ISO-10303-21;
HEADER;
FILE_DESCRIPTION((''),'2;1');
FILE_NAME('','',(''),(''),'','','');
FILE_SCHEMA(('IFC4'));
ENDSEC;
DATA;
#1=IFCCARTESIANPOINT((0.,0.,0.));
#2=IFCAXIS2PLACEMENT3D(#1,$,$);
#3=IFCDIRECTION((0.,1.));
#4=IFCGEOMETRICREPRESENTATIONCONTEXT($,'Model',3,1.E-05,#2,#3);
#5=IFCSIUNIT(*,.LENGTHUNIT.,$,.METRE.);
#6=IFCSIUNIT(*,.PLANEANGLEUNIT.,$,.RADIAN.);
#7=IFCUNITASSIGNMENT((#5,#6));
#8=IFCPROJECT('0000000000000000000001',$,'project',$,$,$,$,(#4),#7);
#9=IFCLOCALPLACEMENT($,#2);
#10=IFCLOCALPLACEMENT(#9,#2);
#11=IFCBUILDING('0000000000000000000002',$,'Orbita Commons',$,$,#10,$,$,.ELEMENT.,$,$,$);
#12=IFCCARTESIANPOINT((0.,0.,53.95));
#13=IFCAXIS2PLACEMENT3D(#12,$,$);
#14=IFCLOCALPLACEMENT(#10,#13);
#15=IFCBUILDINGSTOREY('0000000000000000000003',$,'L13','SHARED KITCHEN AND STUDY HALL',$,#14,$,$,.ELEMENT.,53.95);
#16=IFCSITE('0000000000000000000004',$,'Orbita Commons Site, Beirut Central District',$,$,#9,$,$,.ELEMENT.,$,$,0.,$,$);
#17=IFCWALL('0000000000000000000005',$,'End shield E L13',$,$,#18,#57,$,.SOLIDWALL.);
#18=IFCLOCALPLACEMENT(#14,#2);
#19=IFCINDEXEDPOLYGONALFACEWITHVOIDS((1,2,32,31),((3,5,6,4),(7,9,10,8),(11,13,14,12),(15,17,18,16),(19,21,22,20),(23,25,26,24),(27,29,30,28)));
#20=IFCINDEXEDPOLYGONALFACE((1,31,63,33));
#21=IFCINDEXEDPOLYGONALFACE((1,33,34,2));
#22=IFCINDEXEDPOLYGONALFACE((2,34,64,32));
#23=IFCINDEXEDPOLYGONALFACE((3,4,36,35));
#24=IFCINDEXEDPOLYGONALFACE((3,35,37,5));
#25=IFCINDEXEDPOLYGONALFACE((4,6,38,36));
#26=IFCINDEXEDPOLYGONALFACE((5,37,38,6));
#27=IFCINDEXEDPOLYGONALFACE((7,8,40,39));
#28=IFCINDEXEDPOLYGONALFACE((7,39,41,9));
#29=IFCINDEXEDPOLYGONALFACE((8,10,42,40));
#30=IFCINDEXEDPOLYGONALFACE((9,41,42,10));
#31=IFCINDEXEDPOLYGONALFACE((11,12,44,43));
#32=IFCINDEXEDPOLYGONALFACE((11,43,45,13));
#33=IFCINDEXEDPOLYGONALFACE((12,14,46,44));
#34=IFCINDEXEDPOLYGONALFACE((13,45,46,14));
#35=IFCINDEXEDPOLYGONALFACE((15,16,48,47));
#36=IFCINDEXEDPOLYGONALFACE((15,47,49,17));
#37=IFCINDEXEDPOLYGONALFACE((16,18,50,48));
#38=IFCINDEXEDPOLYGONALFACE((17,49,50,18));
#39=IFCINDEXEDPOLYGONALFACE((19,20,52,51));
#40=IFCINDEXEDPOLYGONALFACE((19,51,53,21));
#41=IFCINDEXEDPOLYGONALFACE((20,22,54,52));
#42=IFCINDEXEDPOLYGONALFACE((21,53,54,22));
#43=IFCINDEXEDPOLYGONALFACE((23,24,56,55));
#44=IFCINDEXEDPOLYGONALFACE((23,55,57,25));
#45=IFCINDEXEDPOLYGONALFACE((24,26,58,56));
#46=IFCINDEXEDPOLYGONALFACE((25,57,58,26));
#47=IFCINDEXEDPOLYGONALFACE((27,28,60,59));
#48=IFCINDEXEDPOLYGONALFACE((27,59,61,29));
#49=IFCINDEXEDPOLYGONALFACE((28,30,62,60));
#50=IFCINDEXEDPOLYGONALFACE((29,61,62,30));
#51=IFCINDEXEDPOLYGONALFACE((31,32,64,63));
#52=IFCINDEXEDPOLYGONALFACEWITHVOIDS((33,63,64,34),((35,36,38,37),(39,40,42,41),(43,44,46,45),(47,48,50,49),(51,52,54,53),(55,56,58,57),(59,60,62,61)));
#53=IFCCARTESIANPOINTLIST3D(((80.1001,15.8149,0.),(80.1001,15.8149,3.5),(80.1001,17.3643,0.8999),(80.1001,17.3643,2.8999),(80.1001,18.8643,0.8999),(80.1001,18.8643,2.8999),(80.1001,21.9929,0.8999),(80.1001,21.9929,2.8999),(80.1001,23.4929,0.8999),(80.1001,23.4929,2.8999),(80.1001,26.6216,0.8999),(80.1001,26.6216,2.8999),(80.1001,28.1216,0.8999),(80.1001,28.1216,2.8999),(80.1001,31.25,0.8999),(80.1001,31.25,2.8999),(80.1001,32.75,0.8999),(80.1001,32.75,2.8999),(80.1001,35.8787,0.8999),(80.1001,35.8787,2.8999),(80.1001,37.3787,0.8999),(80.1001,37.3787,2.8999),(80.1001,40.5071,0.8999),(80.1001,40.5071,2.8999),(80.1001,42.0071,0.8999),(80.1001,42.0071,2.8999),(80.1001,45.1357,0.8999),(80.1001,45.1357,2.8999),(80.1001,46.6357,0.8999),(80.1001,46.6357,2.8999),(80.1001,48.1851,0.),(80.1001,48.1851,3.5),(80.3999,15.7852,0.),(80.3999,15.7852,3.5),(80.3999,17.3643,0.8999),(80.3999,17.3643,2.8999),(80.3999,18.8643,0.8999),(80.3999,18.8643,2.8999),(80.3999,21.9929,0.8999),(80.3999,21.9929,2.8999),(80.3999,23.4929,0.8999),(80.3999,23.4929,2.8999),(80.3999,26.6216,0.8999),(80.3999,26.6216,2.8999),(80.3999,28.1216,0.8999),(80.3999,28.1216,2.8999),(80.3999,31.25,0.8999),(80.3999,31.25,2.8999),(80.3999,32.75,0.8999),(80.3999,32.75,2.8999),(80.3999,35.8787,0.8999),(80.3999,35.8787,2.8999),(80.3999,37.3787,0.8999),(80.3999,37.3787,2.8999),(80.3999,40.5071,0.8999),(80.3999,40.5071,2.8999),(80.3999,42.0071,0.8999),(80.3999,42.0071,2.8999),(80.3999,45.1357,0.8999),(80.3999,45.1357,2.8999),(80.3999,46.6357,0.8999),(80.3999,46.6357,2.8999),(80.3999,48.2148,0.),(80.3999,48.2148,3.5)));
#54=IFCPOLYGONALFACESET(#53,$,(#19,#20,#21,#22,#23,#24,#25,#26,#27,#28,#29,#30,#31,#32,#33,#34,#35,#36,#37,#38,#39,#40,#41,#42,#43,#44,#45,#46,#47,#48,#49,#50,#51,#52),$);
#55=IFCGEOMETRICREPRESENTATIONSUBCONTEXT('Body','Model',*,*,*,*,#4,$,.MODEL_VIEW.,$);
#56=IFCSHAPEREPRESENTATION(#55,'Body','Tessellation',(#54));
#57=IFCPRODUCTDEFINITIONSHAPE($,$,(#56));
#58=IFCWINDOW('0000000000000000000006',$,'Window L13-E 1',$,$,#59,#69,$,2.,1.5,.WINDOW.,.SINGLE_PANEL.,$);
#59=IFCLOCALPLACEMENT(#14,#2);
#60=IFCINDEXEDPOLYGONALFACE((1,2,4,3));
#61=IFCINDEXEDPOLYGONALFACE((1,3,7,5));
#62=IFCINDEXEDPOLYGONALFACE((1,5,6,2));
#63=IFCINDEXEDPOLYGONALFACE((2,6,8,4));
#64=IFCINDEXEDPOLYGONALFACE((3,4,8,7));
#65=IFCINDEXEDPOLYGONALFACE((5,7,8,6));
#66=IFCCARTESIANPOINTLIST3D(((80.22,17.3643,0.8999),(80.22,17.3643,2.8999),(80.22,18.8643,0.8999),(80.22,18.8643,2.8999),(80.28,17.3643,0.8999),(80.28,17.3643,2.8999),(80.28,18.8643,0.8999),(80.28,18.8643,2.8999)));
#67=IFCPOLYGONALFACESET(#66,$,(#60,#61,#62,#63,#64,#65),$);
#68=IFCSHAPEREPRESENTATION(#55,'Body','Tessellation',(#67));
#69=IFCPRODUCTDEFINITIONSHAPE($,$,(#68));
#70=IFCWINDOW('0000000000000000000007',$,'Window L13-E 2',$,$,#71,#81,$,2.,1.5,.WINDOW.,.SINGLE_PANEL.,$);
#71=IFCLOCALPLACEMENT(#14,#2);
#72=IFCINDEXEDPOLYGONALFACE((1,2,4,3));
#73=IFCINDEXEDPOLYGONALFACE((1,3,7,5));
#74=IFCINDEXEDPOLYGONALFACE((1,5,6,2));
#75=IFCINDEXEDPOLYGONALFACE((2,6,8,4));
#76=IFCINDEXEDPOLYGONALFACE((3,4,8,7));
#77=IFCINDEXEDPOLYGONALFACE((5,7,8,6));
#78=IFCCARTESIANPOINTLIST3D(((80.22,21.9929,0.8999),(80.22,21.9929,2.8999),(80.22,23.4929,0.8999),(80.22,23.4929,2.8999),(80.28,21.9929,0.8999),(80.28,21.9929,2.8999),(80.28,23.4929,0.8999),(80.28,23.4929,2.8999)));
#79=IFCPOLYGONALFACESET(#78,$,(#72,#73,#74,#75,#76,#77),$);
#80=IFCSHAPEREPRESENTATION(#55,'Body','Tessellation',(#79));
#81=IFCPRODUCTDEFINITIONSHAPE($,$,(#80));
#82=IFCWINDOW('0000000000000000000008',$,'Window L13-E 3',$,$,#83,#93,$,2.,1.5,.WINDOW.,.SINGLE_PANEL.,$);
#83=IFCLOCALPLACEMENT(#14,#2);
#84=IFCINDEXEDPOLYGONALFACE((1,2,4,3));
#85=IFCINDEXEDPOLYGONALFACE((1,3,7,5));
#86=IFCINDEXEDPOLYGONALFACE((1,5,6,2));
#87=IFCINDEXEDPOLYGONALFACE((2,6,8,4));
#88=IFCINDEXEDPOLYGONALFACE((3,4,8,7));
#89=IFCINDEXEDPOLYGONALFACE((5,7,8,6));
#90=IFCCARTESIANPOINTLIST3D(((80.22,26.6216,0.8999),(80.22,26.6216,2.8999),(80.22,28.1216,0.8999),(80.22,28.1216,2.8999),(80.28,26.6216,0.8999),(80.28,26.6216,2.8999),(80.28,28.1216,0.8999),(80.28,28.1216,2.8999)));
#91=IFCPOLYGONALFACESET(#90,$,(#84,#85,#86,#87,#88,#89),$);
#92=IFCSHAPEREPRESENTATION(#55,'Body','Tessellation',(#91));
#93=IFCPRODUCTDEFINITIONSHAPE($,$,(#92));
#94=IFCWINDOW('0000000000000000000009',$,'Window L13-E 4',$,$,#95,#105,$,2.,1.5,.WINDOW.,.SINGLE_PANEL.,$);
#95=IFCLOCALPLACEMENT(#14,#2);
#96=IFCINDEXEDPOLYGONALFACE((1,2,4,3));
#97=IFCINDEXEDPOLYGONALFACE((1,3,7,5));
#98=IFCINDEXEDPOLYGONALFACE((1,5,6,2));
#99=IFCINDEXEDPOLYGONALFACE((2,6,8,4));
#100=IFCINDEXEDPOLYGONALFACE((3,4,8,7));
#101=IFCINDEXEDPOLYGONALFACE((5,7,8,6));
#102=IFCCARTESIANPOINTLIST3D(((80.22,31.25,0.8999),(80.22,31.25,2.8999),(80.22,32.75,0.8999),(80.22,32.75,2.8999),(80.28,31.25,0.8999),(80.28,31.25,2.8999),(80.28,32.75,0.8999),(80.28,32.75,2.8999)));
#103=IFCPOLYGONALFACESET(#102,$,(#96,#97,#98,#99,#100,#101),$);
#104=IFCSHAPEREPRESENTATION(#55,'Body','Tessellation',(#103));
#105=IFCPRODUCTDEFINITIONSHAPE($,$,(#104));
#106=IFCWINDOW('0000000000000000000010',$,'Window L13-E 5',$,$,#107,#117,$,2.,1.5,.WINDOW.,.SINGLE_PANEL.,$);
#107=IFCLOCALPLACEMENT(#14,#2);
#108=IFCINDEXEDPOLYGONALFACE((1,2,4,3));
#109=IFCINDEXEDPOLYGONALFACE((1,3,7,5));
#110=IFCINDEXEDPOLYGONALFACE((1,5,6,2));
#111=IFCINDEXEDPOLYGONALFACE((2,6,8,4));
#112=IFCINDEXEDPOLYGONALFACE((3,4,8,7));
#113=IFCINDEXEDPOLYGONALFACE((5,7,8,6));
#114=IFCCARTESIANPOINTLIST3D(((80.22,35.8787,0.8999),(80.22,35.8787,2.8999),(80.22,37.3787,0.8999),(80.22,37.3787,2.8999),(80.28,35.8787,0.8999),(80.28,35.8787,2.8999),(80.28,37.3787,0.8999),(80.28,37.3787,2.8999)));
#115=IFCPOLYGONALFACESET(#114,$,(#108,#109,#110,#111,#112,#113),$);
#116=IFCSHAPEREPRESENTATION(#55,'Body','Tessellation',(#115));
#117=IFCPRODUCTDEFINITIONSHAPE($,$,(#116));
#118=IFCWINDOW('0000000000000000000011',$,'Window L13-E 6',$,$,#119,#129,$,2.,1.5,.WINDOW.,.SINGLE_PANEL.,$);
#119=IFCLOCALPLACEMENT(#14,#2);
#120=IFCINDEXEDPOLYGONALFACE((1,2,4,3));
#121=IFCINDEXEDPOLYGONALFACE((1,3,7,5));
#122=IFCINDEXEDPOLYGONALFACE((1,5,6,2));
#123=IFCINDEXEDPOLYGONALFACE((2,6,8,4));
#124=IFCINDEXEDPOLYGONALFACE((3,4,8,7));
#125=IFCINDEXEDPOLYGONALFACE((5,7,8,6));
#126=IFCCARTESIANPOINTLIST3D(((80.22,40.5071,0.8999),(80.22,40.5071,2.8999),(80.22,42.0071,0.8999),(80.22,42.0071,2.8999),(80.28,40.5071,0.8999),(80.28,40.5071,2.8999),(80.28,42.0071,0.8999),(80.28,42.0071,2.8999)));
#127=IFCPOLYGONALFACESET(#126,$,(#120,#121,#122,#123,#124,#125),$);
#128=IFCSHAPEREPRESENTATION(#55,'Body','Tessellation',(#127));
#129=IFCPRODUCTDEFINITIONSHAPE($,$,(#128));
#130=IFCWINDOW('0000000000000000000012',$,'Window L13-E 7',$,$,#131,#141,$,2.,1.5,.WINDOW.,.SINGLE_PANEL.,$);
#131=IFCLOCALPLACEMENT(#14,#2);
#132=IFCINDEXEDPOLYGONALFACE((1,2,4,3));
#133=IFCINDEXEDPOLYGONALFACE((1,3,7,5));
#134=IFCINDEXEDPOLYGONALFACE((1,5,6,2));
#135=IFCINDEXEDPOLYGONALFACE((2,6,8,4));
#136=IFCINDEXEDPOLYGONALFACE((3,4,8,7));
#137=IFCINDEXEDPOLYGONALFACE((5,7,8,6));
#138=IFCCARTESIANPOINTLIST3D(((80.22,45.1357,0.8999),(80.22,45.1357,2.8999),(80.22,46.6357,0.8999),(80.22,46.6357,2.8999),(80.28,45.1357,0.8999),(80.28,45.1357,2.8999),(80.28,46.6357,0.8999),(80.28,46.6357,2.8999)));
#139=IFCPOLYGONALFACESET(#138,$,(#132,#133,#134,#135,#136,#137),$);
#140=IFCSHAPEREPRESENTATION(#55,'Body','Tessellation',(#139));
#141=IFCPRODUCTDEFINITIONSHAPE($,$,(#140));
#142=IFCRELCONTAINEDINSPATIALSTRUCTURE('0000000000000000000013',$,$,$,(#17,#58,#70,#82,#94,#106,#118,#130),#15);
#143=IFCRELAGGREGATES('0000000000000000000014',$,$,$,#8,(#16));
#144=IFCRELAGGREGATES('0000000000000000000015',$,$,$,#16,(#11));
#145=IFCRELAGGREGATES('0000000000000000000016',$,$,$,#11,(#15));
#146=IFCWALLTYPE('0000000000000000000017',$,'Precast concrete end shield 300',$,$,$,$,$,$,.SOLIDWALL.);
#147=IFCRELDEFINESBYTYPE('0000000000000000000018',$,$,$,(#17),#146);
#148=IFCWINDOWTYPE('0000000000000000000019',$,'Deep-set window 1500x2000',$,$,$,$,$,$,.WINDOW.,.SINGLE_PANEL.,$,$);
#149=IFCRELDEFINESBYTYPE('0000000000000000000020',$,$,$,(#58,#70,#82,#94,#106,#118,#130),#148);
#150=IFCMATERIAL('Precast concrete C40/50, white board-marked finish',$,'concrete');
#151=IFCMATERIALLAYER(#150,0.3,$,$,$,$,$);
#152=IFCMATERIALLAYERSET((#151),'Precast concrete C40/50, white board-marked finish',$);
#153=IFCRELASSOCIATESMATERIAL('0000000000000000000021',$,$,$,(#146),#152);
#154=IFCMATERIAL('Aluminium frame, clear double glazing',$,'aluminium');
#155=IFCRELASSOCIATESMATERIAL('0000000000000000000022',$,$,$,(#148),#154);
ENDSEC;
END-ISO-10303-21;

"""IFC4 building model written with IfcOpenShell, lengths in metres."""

from ifc_helpers import new_model, si_unit, direction, frame, frame_2d, origin, place, context, subcontext, project, spatial, polyline, rectangle, outline, extrude, material, layer, layer_set, type_object, element, fill, save


model = new_model("IFC4")

# Units and contexts
model_context = context("Model", 3, precision=1e-05, world=origin(), true_north=direction((0.0, 1.0)))
body_context = subcontext(model_context, "Body", "Model", "MODEL_VIEW")
ifc_project = project(units=[si_unit("LENGTHUNIT", "METRE"), si_unit("PLANEANGLEUNIT", "RADIAN")], contexts=[model_context])

# Site, building, storey
site_placement = place(None, origin())
site = spatial("IfcSite", under=ifc_project, at=site_placement, Name="Orbita Commons Site, Beirut Central District", CompositionType="ELEMENT", RefElevation=0.0)
building_placement = place(site_placement, origin())
building = spatial("IfcBuilding", under=site, at=building_placement, Name="Orbita Commons", CompositionType="ELEMENT")
storey_placement = place(building_placement, frame((0.0, 0.0, 53.95)))
storey = spatial("IfcBuildingStorey", under=building, at=storey_placement, Name="L13", Description="SHARED KITCHEN AND STUDY HALL", CompositionType="ELEMENT", Elevation=53.95)

# Wall, openings, windows
ifc_material_1 = material(Name="Precast concrete C40/50, white board-marked finish", Category="concrete")
ifc_layer_1 = layer(ifc_material_1, 0.3)
ifc_layer_set_1 = layer_set([ifc_layer_1], Name="Precast concrete C40/50, white board-marked finish")
wall_type_1 = type_object("IfcWallType", Name="Precast concrete end shield 300", PredefinedType="SOLIDWALL", material=ifc_layer_set_1)
wall_1_placement = place(storey_placement, frame((80.25, 15.8, 0.0), z_axis=(0.0, 0.0, 1.0), x_axis=(0.0, 1.0, 0.0)))
wall_1 = element("IfcWall", 1, at=wall_1_placement, inside=storey, type_object=wall_type_1, Name="End shield E L13", PredefinedType="SOLIDWALL", context=body_context, shape_type="SweptSolid", body=[
    extrude(outline(polyline([(-0.0149, -0.1499), (32.4148, -0.1499), (32.385, 0.1499), (0.0149, 0.1499), (-0.0149, -0.1499)])), origin(), (0.0, 0.0, 1.0), 3.5),
])
opening_1_placement = place(wall_1_placement, frame((1.5642, 0.0, 0.8999)))
opening_1 = element("IfcOpeningElement", 2, at=opening_1_placement, cuts=wall_1, PredefinedType="OPENING", context=body_context, shape_type="SweptSolid", body=[
    extrude(rectangle(XDim=1.5, YDim=2.0, at=frame_2d((0.75, 1.0))), frame((0.0, 0.1599, 0.0), z_axis=(0.0, -1.0, 0.0), x_axis=(1.0, 0.0, 0.0)), (0.0, 0.0, 1.0), 0.3201),
])
opening_2_placement = place(wall_1_placement, frame((6.1929, 0.0, 0.8999)))
opening_2 = element("IfcOpeningElement", 3, at=opening_2_placement, cuts=wall_1, PredefinedType="OPENING", context=body_context, shape_type="SweptSolid", body=[
    extrude(rectangle(XDim=1.5, YDim=2.0, at=frame_2d((0.75, 1.0))), frame((0.0, 0.1599, 0.0), z_axis=(0.0, -1.0, 0.0), x_axis=(1.0, 0.0, 0.0)), (0.0, 0.0, 1.0), 0.3201),
])
opening_3_placement = place(wall_1_placement, frame((10.8215, 0.0, 0.8999)))
opening_3 = element("IfcOpeningElement", 4, at=opening_3_placement, cuts=wall_1, PredefinedType="OPENING", context=body_context, shape_type="SweptSolid", body=[
    extrude(rectangle(XDim=1.5, YDim=2.0, at=frame_2d((0.75, 1.0))), frame((0.0, 0.1599, 0.0), z_axis=(0.0, -1.0, 0.0), x_axis=(1.0, 0.0, 0.0)), (0.0, 0.0, 1.0), 0.3201),
])
opening_4_placement = place(wall_1_placement, frame((15.45, 0.0, 0.8999)))
opening_4 = element("IfcOpeningElement", 5, at=opening_4_placement, cuts=wall_1, PredefinedType="OPENING", context=body_context, shape_type="SweptSolid", body=[
    extrude(rectangle(XDim=1.5, YDim=2.0, at=frame_2d((0.75, 1.0))), frame((0.0, 0.1599, 0.0), z_axis=(0.0, -1.0, 0.0), x_axis=(1.0, 0.0, 0.0)), (0.0, 0.0, 1.0), 0.3201),
])
opening_5_placement = place(wall_1_placement, frame((20.0786, 0.0, 0.8999)))
opening_5 = element("IfcOpeningElement", 6, at=opening_5_placement, cuts=wall_1, PredefinedType="OPENING", context=body_context, shape_type="SweptSolid", body=[
    extrude(rectangle(XDim=1.5, YDim=2.0, at=frame_2d((0.75, 1.0))), frame((0.0, 0.1599, 0.0), z_axis=(0.0, -1.0, 0.0), x_axis=(1.0, 0.0, 0.0)), (0.0, 0.0, 1.0), 0.3201),
])
opening_6_placement = place(wall_1_placement, frame((24.707, 0.0, 0.8999)))
opening_6 = element("IfcOpeningElement", 7, at=opening_6_placement, cuts=wall_1, PredefinedType="OPENING", context=body_context, shape_type="SweptSolid", body=[
    extrude(rectangle(XDim=1.5, YDim=2.0, at=frame_2d((0.75, 1.0))), frame((0.0, 0.1599, 0.0), z_axis=(0.0, -1.0, 0.0), x_axis=(1.0, 0.0, 0.0)), (0.0, 0.0, 1.0), 0.3201),
])
opening_7_placement = place(wall_1_placement, frame((29.3357, 0.0, 0.8999)))
opening_7 = element("IfcOpeningElement", 8, at=opening_7_placement, cuts=wall_1, PredefinedType="OPENING", context=body_context, shape_type="SweptSolid", body=[
    extrude(rectangle(XDim=1.5, YDim=2.0, at=frame_2d((0.75, 1.0))), frame((0.0, 0.1599, 0.0), z_axis=(0.0, -1.0, 0.0), x_axis=(1.0, 0.0, 0.0)), (0.0, 0.0, 1.0), 0.3201),
])
ifc_material_2 = material(Name="Aluminium frame, clear double glazing", Category="aluminium")
window_type = type_object("IfcWindowType", Name="Deep-set window 1500x2000", PartitioningType="SINGLE_PANEL", PredefinedType="WINDOW", material=ifc_material_2)
window_1_placement = place(opening_1_placement, origin())
window_1 = element("IfcWindow", 9, at=window_1_placement, inside=storey, type_object=window_type, Name="Window L13-E 1", OverallHeight=2.0, OverallWidth=1.5, PartitioningType="SINGLE_PANEL", PredefinedType="WINDOW", context=body_context, shape_type="SweptSolid", body=[
    extrude(rectangle(XDim=1.5, YDim=2.0, at=frame_2d((0.75, 1.0))), frame((0.0, 0.03, 0.0), z_axis=(0.0, -1.0, 0.0), x_axis=(1.0, 0.0, 0.0)), (0.0, 0.0, 1.0), 0.0601),
])
fill(opening_1, window_1)
window_2_placement = place(opening_2_placement, origin())
window_2 = element("IfcWindow", 10, at=window_2_placement, inside=storey, type_object=window_type, Name="Window L13-E 2", OverallHeight=2.0, OverallWidth=1.5, PartitioningType="SINGLE_PANEL", PredefinedType="WINDOW", context=body_context, shape_type="SweptSolid", body=[
    extrude(rectangle(XDim=1.5, YDim=2.0, at=frame_2d((0.75, 1.0))), frame((0.0, 0.03, 0.0), z_axis=(0.0, -1.0, 0.0), x_axis=(1.0, 0.0, 0.0)), (0.0, 0.0, 1.0), 0.0601),
])
fill(opening_2, window_2)
window_3_placement = place(opening_3_placement, origin())
window_3 = element("IfcWindow", 11, at=window_3_placement, inside=storey, type_object=window_type, Name="Window L13-E 3", OverallHeight=2.0, OverallWidth=1.5, PartitioningType="SINGLE_PANEL", PredefinedType="WINDOW", context=body_context, shape_type="SweptSolid", body=[
    extrude(rectangle(XDim=1.5, YDim=2.0, at=frame_2d((0.75, 1.0))), frame((0.0, 0.03, 0.0), z_axis=(0.0, -1.0, 0.0), x_axis=(1.0, 0.0, 0.0)), (0.0, 0.0, 1.0), 0.0601),
])
fill(opening_3, window_3)
window_4_placement = place(opening_4_placement, origin())
window_4 = element("IfcWindow", 12, at=window_4_placement, inside=storey, type_object=window_type, Name="Window L13-E 4", OverallHeight=2.0, OverallWidth=1.5, PartitioningType="SINGLE_PANEL", PredefinedType="WINDOW", context=body_context, shape_type="SweptSolid", body=[
    extrude(rectangle(XDim=1.5, YDim=2.0, at=frame_2d((0.75, 1.0))), frame((0.0, 0.03, 0.0), z_axis=(0.0, -1.0, 0.0), x_axis=(1.0, 0.0, 0.0)), (0.0, 0.0, 1.0), 0.0601),
])
fill(opening_4, window_4)
window_5_placement = place(opening_5_placement, origin())
window_5 = element("IfcWindow", 13, at=window_5_placement, inside=storey, type_object=window_type, Name="Window L13-E 5", OverallHeight=2.0, OverallWidth=1.5, PartitioningType="SINGLE_PANEL", PredefinedType="WINDOW", context=body_context, shape_type="SweptSolid", body=[
    extrude(rectangle(XDim=1.5, YDim=2.0, at=frame_2d((0.75, 1.0))), frame((0.0, 0.03, 0.0), z_axis=(0.0, -1.0, 0.0), x_axis=(1.0, 0.0, 0.0)), (0.0, 0.0, 1.0), 0.0601),
])
fill(opening_5, window_5)
window_6_placement = place(opening_6_placement, origin())
window_6 = element("IfcWindow", 14, at=window_6_placement, inside=storey, type_object=window_type, Name="Window L13-E 6", OverallHeight=2.0, OverallWidth=1.5, PartitioningType="SINGLE_PANEL", PredefinedType="WINDOW", context=body_context, shape_type="SweptSolid", body=[
    extrude(rectangle(XDim=1.5, YDim=2.0, at=frame_2d((0.75, 1.0))), frame((0.0, 0.03, 0.0), z_axis=(0.0, -1.0, 0.0), x_axis=(1.0, 0.0, 0.0)), (0.0, 0.0, 1.0), 0.0601),
])
fill(opening_6, window_6)
window_7_placement = place(opening_7_placement, origin())
window_7 = element("IfcWindow", 15, at=window_7_placement, inside=storey, type_object=window_type, Name="Window L13-E 7", OverallHeight=2.0, OverallWidth=1.5, PartitioningType="SINGLE_PANEL", PredefinedType="WINDOW", context=body_context, shape_type="SweptSolid", body=[
    extrude(rectangle(XDim=1.5, YDim=2.0, at=frame_2d((0.75, 1.0))), frame((0.0, 0.03, 0.0), z_axis=(0.0, -1.0, 0.0), x_axis=(1.0, 0.0, 0.0)), (0.0, 0.0, 1.0), 0.0601),
])
fill(opening_7, window_7)

save(model, "model.ifc")
